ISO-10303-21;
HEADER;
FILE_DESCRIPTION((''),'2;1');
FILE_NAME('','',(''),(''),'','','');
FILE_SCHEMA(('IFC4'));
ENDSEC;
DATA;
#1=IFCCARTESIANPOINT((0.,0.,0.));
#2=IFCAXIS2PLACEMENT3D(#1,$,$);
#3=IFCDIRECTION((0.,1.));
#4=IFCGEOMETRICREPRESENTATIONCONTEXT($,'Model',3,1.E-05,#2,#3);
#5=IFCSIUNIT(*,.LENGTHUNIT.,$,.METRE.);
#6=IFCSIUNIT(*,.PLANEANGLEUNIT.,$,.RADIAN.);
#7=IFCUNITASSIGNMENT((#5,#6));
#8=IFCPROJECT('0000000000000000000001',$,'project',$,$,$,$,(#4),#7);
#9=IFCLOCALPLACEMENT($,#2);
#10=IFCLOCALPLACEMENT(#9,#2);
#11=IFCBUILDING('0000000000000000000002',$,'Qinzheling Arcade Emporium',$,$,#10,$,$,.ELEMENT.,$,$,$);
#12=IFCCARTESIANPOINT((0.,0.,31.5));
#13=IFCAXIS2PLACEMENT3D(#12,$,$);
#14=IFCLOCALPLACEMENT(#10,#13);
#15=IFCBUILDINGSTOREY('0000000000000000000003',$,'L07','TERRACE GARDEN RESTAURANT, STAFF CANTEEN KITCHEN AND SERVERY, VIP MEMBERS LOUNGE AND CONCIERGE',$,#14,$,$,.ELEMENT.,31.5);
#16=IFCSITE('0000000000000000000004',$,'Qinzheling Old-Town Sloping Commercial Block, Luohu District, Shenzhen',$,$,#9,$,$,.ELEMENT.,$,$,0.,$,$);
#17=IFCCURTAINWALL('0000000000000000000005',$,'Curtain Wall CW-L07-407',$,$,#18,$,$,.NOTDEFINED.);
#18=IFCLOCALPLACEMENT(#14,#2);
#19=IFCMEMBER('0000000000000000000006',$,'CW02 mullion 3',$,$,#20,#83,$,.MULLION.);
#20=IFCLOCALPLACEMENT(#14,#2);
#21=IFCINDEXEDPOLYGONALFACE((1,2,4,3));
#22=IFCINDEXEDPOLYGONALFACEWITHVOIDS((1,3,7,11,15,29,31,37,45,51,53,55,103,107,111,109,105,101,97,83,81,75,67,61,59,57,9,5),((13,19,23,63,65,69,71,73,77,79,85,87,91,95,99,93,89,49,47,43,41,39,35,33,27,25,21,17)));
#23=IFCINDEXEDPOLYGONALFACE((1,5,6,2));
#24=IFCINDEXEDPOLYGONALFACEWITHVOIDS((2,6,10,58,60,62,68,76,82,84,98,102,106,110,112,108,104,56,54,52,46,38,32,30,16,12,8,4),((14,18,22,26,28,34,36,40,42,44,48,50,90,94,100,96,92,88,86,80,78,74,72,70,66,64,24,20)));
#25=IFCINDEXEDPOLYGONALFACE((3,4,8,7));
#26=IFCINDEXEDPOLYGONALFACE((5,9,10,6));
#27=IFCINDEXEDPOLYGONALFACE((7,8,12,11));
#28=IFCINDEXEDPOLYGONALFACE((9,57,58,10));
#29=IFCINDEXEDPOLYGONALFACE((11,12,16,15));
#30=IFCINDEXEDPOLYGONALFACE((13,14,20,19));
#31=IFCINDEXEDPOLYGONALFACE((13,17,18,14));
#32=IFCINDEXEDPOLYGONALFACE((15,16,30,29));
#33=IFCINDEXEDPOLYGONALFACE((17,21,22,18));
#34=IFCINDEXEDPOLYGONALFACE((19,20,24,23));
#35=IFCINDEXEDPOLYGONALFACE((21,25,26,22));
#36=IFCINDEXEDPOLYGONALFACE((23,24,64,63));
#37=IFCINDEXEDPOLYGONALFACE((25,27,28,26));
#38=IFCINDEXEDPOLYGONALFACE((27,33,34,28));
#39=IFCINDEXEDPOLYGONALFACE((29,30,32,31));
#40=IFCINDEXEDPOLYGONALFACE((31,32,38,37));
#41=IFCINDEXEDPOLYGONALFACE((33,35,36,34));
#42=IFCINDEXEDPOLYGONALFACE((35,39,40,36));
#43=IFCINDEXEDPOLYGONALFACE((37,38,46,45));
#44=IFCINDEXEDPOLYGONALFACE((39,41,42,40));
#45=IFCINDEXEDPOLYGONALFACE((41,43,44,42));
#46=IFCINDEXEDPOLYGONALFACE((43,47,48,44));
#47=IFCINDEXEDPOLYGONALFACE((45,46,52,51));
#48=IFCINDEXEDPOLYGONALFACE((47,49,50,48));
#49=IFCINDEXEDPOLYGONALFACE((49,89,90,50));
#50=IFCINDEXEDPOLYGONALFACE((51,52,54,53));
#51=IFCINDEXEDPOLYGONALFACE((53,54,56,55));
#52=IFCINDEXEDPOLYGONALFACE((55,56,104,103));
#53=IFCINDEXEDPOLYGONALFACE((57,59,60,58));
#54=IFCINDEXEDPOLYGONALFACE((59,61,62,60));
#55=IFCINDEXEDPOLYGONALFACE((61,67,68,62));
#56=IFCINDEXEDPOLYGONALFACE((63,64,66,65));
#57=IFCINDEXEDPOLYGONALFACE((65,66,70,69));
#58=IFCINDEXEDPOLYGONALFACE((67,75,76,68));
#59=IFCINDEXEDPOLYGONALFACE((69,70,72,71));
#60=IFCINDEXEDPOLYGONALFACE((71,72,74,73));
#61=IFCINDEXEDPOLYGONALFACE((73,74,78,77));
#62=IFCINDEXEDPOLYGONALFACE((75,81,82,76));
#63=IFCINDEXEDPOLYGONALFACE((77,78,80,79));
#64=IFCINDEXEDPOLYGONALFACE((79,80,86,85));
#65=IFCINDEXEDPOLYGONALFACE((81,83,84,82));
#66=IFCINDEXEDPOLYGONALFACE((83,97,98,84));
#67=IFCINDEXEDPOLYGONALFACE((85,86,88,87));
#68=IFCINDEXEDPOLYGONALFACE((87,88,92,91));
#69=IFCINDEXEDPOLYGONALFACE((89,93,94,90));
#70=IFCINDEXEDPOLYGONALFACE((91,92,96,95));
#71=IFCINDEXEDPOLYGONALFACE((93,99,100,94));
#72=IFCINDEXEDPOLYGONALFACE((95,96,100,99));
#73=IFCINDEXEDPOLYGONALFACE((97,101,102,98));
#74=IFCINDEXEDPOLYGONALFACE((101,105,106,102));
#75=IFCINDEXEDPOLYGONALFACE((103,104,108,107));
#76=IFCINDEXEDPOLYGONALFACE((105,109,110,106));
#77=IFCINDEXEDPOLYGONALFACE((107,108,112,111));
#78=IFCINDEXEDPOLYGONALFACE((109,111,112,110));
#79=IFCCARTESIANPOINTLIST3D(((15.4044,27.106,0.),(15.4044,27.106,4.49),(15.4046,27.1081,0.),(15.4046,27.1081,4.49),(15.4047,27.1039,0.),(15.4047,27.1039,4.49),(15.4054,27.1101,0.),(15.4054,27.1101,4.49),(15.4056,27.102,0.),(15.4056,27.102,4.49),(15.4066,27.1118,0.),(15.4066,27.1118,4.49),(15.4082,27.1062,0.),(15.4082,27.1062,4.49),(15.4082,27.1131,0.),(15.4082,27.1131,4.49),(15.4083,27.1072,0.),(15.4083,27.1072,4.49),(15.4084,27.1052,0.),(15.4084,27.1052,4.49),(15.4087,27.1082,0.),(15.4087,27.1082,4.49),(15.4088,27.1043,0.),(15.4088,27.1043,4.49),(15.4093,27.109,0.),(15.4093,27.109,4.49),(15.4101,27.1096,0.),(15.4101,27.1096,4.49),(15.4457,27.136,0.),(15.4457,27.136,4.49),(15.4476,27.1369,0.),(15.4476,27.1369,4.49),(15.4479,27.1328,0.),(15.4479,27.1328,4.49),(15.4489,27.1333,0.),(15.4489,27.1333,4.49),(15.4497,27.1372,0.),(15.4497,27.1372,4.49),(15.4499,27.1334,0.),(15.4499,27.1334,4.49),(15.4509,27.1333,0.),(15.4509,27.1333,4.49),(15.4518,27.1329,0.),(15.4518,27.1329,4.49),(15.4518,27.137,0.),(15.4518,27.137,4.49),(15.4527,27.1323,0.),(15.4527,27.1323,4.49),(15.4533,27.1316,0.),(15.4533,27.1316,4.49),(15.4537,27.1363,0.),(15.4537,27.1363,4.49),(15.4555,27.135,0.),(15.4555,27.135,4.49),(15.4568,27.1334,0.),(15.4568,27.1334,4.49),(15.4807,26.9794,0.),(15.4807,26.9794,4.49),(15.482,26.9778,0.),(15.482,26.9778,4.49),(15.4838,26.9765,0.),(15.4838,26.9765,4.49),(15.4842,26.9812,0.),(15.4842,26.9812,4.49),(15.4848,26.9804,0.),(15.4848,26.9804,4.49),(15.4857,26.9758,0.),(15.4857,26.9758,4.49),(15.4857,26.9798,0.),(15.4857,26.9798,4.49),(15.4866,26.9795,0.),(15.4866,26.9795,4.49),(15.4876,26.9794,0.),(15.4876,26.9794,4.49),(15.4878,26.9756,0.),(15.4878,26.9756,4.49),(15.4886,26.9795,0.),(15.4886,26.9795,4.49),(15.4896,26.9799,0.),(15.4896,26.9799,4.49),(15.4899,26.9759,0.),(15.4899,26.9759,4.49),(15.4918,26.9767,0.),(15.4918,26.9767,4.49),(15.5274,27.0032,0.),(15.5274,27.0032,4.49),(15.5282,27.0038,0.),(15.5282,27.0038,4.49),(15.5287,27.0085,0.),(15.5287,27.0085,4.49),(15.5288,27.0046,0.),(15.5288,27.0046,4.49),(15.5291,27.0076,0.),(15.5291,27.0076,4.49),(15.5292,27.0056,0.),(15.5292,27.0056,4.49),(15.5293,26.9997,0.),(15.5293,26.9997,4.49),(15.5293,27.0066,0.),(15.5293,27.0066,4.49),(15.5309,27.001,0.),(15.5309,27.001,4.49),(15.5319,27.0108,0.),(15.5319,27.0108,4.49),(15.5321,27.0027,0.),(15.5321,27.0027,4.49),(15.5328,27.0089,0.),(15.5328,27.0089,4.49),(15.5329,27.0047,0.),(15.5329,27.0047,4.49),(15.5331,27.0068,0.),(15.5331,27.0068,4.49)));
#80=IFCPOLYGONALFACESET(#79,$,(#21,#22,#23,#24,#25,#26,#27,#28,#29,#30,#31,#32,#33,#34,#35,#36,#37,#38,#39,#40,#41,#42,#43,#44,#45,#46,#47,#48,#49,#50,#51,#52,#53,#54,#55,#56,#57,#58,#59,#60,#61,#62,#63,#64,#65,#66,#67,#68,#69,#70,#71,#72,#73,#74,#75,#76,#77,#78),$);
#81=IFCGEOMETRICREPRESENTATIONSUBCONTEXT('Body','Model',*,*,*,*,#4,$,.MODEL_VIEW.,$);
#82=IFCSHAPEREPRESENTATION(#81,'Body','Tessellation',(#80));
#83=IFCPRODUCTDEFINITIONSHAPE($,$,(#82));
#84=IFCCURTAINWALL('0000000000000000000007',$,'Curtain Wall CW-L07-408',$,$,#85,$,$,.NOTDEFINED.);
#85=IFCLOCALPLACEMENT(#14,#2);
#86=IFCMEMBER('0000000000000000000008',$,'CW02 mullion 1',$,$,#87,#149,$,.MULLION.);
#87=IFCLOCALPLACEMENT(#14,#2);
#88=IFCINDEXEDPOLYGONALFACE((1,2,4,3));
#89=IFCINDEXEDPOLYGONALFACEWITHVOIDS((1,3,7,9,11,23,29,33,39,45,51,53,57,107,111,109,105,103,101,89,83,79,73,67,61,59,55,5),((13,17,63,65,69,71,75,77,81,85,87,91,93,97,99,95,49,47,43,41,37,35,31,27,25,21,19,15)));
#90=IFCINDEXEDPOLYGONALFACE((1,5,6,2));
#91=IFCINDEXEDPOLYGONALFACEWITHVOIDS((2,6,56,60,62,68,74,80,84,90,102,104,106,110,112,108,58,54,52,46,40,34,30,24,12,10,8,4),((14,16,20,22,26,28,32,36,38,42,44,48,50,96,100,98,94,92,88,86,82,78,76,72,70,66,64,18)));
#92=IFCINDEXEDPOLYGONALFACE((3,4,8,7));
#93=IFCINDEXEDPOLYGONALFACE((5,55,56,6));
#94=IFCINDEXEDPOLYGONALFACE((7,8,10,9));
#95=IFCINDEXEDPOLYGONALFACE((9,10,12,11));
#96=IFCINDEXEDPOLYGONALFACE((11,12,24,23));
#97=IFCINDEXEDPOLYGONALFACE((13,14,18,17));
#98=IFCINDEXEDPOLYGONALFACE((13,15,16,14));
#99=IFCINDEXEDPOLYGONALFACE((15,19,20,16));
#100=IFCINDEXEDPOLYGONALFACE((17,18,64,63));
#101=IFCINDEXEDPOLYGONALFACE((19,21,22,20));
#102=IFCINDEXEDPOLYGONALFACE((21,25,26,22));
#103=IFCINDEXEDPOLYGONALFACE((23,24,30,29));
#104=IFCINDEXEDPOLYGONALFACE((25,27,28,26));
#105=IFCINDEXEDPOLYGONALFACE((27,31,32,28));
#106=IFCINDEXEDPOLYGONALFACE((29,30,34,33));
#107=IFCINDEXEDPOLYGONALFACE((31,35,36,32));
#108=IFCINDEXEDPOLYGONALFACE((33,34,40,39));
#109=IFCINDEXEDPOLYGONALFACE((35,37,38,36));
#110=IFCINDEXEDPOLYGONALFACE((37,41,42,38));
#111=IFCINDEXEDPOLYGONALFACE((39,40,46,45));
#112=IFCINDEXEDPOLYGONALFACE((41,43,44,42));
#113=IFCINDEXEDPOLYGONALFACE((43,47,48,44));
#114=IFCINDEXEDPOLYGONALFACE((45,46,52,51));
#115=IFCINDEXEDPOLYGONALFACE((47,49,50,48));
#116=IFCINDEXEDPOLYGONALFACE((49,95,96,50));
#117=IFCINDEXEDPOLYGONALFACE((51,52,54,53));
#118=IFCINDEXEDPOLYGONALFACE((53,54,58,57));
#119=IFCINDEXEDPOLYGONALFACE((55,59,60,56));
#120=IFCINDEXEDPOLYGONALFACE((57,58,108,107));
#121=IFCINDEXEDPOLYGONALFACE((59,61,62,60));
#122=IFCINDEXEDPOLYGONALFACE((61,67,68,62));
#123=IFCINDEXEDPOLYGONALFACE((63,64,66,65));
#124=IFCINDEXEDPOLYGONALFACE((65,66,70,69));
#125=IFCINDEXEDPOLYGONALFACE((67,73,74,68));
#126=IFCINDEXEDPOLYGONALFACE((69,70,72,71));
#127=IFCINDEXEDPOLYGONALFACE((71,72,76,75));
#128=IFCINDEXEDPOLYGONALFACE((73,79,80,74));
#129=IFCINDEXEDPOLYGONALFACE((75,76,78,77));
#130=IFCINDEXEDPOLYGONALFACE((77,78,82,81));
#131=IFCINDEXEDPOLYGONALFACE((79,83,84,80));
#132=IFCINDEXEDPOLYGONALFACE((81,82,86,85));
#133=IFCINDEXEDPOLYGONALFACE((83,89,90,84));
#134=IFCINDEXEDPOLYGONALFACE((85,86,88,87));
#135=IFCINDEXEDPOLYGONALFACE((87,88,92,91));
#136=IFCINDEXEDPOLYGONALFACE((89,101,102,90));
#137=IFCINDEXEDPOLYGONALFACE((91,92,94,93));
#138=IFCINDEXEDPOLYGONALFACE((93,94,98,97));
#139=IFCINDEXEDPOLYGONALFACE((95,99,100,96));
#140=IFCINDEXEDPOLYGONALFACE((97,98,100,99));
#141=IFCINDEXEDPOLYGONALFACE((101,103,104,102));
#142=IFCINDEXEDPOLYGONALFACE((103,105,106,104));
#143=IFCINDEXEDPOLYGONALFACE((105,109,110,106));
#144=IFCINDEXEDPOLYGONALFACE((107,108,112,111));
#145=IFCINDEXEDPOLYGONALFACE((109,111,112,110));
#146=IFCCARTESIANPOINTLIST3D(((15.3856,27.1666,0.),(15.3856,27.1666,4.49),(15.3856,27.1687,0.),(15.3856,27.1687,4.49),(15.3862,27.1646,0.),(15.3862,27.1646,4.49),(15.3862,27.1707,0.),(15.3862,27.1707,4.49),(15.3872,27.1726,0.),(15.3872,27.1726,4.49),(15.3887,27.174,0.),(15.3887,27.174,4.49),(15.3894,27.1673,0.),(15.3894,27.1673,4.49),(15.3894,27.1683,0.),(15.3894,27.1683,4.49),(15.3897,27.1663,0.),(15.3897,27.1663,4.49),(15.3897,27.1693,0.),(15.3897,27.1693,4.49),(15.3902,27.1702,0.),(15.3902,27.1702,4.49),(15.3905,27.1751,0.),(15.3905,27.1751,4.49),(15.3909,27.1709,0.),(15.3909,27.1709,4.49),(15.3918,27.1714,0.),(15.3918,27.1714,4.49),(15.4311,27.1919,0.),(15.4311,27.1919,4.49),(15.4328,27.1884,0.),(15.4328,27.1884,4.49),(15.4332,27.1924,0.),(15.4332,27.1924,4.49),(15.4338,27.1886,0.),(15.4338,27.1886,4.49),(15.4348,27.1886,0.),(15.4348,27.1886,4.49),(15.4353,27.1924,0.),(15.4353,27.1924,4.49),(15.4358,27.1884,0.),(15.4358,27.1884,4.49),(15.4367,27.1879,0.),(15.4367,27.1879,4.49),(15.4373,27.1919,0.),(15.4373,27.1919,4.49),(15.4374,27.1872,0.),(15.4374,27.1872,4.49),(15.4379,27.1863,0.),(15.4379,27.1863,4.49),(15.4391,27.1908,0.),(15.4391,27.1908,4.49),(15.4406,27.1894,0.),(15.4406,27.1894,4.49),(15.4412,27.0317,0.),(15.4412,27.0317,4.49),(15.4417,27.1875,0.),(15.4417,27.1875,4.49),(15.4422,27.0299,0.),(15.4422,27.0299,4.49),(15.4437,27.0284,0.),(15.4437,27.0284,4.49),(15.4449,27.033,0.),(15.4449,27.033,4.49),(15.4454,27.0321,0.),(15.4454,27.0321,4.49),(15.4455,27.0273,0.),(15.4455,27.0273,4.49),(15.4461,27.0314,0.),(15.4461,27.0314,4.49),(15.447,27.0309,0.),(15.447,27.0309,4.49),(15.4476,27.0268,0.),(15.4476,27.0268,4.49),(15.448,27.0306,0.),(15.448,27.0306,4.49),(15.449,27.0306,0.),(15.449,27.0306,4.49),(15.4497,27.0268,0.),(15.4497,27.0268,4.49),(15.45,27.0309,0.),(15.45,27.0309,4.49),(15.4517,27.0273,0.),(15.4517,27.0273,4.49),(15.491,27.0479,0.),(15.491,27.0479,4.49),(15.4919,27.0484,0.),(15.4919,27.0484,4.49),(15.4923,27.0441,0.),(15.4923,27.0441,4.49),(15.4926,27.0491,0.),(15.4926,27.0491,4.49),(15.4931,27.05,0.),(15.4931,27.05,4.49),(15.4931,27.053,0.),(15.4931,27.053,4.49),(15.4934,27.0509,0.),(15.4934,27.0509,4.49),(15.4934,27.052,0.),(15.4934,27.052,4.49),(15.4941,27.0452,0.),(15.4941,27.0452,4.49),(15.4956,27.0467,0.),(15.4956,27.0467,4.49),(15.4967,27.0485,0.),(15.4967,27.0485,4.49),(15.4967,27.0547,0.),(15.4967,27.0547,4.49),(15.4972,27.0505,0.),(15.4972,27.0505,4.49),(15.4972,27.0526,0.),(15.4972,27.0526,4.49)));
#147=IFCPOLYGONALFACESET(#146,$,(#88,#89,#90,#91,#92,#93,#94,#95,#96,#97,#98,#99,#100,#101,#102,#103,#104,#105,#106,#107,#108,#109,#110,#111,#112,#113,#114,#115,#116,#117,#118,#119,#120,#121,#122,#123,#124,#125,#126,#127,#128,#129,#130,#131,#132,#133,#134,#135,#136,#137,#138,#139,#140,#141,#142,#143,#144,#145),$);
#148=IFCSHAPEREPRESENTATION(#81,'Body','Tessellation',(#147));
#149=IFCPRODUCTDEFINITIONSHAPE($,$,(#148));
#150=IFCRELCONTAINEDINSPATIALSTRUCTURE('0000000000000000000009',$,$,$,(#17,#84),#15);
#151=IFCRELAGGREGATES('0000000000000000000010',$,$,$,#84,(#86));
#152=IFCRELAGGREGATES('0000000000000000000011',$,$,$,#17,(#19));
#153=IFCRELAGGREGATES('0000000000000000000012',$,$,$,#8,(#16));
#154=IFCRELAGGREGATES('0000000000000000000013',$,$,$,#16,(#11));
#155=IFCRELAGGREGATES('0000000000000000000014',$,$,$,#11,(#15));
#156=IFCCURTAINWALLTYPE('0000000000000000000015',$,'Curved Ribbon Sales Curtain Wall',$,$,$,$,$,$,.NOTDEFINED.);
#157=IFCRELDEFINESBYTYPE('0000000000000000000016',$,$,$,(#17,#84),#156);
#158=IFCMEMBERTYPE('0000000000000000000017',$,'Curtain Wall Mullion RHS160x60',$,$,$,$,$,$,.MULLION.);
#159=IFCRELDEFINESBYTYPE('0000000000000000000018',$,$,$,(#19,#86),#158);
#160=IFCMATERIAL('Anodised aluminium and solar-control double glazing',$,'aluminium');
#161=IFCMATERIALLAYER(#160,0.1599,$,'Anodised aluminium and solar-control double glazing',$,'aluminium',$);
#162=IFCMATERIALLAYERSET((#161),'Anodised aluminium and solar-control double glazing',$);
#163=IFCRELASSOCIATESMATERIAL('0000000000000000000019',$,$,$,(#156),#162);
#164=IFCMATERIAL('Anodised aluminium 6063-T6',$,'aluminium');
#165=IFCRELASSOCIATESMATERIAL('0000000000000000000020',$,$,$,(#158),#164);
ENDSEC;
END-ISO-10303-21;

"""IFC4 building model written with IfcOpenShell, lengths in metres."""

from ifc_helpers import new_model, si_unit, direction, frame, origin, origin_2d, place, context, subcontext, project, spatial, hollow_rectangle, extrude, material, layer, layer_set, material_profile, profile_set, type_object, element, aggregate, save


model = new_model("IFC4")

# Units and contexts
model_context = context("Model", 3, precision=1e-05, world=origin(), true_north=direction((0.0, 1.0)))
body_context = subcontext(model_context, "Body", "Model", "MODEL_VIEW")
ifc_project = project(units=[si_unit("LENGTHUNIT", "METRE"), si_unit("PLANEANGLEUNIT", "RADIAN")], contexts=[model_context])

# Site, building, storey
site_placement = place(None, origin())
site = spatial("IfcSite", under=ifc_project, at=site_placement, Name="Qinzheling Old-Town Sloping Commercial Block, Luohu District, Shenzhen", CompositionType="ELEMENT", RefElevation=0.0)
building_placement = place(site_placement, origin())
building = spatial("IfcBuilding", under=site, at=building_placement, Name="Qinzheling Arcade Emporium", CompositionType="ELEMENT")
storey_placement = place(building_placement, frame((0.0, 0.0, 31.5)))
storey = spatial("IfcBuildingStorey", under=building, at=storey_placement, Name="L07", Description="TERRACE GARDEN RESTAURANT, STAFF CANTEEN KITCHEN AND SERVERY, VIP MEMBERS LOUNGE AND CONCIERGE", CompositionType="ELEMENT", Elevation=31.5)

# Curtain wall, member
ifc_material_1 = material(Name="Anodised aluminium and solar-control double glazing", Category="aluminium")
ifc_layer_1 = layer(ifc_material_1, 0.1599, Name="Anodised aluminium and solar-control double glazing", Category="aluminium")
ifc_layer_set_1 = layer_set([ifc_layer_1], Name="Anodised aluminium and solar-control double glazing")
curtain_wall_type = type_object("IfcCurtainWallType", Name="Curved Ribbon Sales Curtain Wall", PredefinedType="NOTDEFINED", material=ifc_layer_set_1)
curtain_wall_1_placement = place(storey_placement, origin())
curtain_wall_1 = element("IfcCurtainWall", 1, at=curtain_wall_1_placement, inside=storey, type_object=curtain_wall_type, Name="Curtain Wall CW-L07-407", PredefinedType="NOTDEFINED")
ifc_material_2 = material(Name="Anodised aluminium 6063-T6", Category="aluminium")
ifc_material_profile_1 = material_profile(ifc_material_2, hollow_rectangle(XDim=0.0601, YDim=0.1599, WallThickness=0.0039, InnerFilletRadius=0.0039, OuterFilletRadius=0.0081, at=origin_2d()), Name="RHS 160x60x4", Category="aluminium")
ifc_profile_set_1 = profile_set([ifc_material_profile_1], Name="Anodised aluminium 6063-T6")
member_type_1 = type_object("IfcMemberType", Name="Curtain Wall Mullion RHS160x60", PredefinedType="MULLION", material=ifc_profile_set_1)
member_1_placement = place(storey_placement, frame((15.4688, 27.0564, 0.0), z_axis=(0.0, 0.0, 1.0), x_axis=(-0.852558, -0.522632, 0.0)))
member_1 = element("IfcMember", 2, at=member_1_placement, type_object=member_type_1, Name="CW02 mullion 3", PredefinedType="MULLION", context=body_context, shape_type="SweptSolid", body=[
    extrude(hollow_rectangle(XDim=0.0601, YDim=0.1599, WallThickness=0.0039, InnerFilletRadius=0.0039, OuterFilletRadius=0.0081, at=origin_2d()), origin(), (0.0, 0.0, 1.0), 4.49),
])

# Curtain wall, member
curtain_wall_2_placement = place(storey_placement, origin())
curtain_wall_2 = element("IfcCurtainWall", 3, at=curtain_wall_2_placement, inside=storey, type_object=curtain_wall_type, Name="Curtain Wall CW-L07-408", PredefinedType="NOTDEFINED")
member_2_placement = place(storey_placement, frame((15.4414, 27.1096, 0.0), z_axis=(0.0, 0.0, 1.0), x_axis=(-0.923958, -0.382494, 0.0)))
member_2 = element("IfcMember", 4, at=member_2_placement, type_object=member_type_1, Name="CW02 mullion 1", PredefinedType="MULLION", context=body_context, shape_type="SweptSolid", body=[
    extrude(hollow_rectangle(XDim=0.0601, YDim=0.1599, WallThickness=0.0039, InnerFilletRadius=0.0039, OuterFilletRadius=0.0081, at=origin_2d()), origin(), (0.0, 0.0, 1.0), 4.49),
])

aggregate(curtain_wall_2, [member_2])

aggregate(curtain_wall_1, [member_1])

save(model, "model.ifc")
